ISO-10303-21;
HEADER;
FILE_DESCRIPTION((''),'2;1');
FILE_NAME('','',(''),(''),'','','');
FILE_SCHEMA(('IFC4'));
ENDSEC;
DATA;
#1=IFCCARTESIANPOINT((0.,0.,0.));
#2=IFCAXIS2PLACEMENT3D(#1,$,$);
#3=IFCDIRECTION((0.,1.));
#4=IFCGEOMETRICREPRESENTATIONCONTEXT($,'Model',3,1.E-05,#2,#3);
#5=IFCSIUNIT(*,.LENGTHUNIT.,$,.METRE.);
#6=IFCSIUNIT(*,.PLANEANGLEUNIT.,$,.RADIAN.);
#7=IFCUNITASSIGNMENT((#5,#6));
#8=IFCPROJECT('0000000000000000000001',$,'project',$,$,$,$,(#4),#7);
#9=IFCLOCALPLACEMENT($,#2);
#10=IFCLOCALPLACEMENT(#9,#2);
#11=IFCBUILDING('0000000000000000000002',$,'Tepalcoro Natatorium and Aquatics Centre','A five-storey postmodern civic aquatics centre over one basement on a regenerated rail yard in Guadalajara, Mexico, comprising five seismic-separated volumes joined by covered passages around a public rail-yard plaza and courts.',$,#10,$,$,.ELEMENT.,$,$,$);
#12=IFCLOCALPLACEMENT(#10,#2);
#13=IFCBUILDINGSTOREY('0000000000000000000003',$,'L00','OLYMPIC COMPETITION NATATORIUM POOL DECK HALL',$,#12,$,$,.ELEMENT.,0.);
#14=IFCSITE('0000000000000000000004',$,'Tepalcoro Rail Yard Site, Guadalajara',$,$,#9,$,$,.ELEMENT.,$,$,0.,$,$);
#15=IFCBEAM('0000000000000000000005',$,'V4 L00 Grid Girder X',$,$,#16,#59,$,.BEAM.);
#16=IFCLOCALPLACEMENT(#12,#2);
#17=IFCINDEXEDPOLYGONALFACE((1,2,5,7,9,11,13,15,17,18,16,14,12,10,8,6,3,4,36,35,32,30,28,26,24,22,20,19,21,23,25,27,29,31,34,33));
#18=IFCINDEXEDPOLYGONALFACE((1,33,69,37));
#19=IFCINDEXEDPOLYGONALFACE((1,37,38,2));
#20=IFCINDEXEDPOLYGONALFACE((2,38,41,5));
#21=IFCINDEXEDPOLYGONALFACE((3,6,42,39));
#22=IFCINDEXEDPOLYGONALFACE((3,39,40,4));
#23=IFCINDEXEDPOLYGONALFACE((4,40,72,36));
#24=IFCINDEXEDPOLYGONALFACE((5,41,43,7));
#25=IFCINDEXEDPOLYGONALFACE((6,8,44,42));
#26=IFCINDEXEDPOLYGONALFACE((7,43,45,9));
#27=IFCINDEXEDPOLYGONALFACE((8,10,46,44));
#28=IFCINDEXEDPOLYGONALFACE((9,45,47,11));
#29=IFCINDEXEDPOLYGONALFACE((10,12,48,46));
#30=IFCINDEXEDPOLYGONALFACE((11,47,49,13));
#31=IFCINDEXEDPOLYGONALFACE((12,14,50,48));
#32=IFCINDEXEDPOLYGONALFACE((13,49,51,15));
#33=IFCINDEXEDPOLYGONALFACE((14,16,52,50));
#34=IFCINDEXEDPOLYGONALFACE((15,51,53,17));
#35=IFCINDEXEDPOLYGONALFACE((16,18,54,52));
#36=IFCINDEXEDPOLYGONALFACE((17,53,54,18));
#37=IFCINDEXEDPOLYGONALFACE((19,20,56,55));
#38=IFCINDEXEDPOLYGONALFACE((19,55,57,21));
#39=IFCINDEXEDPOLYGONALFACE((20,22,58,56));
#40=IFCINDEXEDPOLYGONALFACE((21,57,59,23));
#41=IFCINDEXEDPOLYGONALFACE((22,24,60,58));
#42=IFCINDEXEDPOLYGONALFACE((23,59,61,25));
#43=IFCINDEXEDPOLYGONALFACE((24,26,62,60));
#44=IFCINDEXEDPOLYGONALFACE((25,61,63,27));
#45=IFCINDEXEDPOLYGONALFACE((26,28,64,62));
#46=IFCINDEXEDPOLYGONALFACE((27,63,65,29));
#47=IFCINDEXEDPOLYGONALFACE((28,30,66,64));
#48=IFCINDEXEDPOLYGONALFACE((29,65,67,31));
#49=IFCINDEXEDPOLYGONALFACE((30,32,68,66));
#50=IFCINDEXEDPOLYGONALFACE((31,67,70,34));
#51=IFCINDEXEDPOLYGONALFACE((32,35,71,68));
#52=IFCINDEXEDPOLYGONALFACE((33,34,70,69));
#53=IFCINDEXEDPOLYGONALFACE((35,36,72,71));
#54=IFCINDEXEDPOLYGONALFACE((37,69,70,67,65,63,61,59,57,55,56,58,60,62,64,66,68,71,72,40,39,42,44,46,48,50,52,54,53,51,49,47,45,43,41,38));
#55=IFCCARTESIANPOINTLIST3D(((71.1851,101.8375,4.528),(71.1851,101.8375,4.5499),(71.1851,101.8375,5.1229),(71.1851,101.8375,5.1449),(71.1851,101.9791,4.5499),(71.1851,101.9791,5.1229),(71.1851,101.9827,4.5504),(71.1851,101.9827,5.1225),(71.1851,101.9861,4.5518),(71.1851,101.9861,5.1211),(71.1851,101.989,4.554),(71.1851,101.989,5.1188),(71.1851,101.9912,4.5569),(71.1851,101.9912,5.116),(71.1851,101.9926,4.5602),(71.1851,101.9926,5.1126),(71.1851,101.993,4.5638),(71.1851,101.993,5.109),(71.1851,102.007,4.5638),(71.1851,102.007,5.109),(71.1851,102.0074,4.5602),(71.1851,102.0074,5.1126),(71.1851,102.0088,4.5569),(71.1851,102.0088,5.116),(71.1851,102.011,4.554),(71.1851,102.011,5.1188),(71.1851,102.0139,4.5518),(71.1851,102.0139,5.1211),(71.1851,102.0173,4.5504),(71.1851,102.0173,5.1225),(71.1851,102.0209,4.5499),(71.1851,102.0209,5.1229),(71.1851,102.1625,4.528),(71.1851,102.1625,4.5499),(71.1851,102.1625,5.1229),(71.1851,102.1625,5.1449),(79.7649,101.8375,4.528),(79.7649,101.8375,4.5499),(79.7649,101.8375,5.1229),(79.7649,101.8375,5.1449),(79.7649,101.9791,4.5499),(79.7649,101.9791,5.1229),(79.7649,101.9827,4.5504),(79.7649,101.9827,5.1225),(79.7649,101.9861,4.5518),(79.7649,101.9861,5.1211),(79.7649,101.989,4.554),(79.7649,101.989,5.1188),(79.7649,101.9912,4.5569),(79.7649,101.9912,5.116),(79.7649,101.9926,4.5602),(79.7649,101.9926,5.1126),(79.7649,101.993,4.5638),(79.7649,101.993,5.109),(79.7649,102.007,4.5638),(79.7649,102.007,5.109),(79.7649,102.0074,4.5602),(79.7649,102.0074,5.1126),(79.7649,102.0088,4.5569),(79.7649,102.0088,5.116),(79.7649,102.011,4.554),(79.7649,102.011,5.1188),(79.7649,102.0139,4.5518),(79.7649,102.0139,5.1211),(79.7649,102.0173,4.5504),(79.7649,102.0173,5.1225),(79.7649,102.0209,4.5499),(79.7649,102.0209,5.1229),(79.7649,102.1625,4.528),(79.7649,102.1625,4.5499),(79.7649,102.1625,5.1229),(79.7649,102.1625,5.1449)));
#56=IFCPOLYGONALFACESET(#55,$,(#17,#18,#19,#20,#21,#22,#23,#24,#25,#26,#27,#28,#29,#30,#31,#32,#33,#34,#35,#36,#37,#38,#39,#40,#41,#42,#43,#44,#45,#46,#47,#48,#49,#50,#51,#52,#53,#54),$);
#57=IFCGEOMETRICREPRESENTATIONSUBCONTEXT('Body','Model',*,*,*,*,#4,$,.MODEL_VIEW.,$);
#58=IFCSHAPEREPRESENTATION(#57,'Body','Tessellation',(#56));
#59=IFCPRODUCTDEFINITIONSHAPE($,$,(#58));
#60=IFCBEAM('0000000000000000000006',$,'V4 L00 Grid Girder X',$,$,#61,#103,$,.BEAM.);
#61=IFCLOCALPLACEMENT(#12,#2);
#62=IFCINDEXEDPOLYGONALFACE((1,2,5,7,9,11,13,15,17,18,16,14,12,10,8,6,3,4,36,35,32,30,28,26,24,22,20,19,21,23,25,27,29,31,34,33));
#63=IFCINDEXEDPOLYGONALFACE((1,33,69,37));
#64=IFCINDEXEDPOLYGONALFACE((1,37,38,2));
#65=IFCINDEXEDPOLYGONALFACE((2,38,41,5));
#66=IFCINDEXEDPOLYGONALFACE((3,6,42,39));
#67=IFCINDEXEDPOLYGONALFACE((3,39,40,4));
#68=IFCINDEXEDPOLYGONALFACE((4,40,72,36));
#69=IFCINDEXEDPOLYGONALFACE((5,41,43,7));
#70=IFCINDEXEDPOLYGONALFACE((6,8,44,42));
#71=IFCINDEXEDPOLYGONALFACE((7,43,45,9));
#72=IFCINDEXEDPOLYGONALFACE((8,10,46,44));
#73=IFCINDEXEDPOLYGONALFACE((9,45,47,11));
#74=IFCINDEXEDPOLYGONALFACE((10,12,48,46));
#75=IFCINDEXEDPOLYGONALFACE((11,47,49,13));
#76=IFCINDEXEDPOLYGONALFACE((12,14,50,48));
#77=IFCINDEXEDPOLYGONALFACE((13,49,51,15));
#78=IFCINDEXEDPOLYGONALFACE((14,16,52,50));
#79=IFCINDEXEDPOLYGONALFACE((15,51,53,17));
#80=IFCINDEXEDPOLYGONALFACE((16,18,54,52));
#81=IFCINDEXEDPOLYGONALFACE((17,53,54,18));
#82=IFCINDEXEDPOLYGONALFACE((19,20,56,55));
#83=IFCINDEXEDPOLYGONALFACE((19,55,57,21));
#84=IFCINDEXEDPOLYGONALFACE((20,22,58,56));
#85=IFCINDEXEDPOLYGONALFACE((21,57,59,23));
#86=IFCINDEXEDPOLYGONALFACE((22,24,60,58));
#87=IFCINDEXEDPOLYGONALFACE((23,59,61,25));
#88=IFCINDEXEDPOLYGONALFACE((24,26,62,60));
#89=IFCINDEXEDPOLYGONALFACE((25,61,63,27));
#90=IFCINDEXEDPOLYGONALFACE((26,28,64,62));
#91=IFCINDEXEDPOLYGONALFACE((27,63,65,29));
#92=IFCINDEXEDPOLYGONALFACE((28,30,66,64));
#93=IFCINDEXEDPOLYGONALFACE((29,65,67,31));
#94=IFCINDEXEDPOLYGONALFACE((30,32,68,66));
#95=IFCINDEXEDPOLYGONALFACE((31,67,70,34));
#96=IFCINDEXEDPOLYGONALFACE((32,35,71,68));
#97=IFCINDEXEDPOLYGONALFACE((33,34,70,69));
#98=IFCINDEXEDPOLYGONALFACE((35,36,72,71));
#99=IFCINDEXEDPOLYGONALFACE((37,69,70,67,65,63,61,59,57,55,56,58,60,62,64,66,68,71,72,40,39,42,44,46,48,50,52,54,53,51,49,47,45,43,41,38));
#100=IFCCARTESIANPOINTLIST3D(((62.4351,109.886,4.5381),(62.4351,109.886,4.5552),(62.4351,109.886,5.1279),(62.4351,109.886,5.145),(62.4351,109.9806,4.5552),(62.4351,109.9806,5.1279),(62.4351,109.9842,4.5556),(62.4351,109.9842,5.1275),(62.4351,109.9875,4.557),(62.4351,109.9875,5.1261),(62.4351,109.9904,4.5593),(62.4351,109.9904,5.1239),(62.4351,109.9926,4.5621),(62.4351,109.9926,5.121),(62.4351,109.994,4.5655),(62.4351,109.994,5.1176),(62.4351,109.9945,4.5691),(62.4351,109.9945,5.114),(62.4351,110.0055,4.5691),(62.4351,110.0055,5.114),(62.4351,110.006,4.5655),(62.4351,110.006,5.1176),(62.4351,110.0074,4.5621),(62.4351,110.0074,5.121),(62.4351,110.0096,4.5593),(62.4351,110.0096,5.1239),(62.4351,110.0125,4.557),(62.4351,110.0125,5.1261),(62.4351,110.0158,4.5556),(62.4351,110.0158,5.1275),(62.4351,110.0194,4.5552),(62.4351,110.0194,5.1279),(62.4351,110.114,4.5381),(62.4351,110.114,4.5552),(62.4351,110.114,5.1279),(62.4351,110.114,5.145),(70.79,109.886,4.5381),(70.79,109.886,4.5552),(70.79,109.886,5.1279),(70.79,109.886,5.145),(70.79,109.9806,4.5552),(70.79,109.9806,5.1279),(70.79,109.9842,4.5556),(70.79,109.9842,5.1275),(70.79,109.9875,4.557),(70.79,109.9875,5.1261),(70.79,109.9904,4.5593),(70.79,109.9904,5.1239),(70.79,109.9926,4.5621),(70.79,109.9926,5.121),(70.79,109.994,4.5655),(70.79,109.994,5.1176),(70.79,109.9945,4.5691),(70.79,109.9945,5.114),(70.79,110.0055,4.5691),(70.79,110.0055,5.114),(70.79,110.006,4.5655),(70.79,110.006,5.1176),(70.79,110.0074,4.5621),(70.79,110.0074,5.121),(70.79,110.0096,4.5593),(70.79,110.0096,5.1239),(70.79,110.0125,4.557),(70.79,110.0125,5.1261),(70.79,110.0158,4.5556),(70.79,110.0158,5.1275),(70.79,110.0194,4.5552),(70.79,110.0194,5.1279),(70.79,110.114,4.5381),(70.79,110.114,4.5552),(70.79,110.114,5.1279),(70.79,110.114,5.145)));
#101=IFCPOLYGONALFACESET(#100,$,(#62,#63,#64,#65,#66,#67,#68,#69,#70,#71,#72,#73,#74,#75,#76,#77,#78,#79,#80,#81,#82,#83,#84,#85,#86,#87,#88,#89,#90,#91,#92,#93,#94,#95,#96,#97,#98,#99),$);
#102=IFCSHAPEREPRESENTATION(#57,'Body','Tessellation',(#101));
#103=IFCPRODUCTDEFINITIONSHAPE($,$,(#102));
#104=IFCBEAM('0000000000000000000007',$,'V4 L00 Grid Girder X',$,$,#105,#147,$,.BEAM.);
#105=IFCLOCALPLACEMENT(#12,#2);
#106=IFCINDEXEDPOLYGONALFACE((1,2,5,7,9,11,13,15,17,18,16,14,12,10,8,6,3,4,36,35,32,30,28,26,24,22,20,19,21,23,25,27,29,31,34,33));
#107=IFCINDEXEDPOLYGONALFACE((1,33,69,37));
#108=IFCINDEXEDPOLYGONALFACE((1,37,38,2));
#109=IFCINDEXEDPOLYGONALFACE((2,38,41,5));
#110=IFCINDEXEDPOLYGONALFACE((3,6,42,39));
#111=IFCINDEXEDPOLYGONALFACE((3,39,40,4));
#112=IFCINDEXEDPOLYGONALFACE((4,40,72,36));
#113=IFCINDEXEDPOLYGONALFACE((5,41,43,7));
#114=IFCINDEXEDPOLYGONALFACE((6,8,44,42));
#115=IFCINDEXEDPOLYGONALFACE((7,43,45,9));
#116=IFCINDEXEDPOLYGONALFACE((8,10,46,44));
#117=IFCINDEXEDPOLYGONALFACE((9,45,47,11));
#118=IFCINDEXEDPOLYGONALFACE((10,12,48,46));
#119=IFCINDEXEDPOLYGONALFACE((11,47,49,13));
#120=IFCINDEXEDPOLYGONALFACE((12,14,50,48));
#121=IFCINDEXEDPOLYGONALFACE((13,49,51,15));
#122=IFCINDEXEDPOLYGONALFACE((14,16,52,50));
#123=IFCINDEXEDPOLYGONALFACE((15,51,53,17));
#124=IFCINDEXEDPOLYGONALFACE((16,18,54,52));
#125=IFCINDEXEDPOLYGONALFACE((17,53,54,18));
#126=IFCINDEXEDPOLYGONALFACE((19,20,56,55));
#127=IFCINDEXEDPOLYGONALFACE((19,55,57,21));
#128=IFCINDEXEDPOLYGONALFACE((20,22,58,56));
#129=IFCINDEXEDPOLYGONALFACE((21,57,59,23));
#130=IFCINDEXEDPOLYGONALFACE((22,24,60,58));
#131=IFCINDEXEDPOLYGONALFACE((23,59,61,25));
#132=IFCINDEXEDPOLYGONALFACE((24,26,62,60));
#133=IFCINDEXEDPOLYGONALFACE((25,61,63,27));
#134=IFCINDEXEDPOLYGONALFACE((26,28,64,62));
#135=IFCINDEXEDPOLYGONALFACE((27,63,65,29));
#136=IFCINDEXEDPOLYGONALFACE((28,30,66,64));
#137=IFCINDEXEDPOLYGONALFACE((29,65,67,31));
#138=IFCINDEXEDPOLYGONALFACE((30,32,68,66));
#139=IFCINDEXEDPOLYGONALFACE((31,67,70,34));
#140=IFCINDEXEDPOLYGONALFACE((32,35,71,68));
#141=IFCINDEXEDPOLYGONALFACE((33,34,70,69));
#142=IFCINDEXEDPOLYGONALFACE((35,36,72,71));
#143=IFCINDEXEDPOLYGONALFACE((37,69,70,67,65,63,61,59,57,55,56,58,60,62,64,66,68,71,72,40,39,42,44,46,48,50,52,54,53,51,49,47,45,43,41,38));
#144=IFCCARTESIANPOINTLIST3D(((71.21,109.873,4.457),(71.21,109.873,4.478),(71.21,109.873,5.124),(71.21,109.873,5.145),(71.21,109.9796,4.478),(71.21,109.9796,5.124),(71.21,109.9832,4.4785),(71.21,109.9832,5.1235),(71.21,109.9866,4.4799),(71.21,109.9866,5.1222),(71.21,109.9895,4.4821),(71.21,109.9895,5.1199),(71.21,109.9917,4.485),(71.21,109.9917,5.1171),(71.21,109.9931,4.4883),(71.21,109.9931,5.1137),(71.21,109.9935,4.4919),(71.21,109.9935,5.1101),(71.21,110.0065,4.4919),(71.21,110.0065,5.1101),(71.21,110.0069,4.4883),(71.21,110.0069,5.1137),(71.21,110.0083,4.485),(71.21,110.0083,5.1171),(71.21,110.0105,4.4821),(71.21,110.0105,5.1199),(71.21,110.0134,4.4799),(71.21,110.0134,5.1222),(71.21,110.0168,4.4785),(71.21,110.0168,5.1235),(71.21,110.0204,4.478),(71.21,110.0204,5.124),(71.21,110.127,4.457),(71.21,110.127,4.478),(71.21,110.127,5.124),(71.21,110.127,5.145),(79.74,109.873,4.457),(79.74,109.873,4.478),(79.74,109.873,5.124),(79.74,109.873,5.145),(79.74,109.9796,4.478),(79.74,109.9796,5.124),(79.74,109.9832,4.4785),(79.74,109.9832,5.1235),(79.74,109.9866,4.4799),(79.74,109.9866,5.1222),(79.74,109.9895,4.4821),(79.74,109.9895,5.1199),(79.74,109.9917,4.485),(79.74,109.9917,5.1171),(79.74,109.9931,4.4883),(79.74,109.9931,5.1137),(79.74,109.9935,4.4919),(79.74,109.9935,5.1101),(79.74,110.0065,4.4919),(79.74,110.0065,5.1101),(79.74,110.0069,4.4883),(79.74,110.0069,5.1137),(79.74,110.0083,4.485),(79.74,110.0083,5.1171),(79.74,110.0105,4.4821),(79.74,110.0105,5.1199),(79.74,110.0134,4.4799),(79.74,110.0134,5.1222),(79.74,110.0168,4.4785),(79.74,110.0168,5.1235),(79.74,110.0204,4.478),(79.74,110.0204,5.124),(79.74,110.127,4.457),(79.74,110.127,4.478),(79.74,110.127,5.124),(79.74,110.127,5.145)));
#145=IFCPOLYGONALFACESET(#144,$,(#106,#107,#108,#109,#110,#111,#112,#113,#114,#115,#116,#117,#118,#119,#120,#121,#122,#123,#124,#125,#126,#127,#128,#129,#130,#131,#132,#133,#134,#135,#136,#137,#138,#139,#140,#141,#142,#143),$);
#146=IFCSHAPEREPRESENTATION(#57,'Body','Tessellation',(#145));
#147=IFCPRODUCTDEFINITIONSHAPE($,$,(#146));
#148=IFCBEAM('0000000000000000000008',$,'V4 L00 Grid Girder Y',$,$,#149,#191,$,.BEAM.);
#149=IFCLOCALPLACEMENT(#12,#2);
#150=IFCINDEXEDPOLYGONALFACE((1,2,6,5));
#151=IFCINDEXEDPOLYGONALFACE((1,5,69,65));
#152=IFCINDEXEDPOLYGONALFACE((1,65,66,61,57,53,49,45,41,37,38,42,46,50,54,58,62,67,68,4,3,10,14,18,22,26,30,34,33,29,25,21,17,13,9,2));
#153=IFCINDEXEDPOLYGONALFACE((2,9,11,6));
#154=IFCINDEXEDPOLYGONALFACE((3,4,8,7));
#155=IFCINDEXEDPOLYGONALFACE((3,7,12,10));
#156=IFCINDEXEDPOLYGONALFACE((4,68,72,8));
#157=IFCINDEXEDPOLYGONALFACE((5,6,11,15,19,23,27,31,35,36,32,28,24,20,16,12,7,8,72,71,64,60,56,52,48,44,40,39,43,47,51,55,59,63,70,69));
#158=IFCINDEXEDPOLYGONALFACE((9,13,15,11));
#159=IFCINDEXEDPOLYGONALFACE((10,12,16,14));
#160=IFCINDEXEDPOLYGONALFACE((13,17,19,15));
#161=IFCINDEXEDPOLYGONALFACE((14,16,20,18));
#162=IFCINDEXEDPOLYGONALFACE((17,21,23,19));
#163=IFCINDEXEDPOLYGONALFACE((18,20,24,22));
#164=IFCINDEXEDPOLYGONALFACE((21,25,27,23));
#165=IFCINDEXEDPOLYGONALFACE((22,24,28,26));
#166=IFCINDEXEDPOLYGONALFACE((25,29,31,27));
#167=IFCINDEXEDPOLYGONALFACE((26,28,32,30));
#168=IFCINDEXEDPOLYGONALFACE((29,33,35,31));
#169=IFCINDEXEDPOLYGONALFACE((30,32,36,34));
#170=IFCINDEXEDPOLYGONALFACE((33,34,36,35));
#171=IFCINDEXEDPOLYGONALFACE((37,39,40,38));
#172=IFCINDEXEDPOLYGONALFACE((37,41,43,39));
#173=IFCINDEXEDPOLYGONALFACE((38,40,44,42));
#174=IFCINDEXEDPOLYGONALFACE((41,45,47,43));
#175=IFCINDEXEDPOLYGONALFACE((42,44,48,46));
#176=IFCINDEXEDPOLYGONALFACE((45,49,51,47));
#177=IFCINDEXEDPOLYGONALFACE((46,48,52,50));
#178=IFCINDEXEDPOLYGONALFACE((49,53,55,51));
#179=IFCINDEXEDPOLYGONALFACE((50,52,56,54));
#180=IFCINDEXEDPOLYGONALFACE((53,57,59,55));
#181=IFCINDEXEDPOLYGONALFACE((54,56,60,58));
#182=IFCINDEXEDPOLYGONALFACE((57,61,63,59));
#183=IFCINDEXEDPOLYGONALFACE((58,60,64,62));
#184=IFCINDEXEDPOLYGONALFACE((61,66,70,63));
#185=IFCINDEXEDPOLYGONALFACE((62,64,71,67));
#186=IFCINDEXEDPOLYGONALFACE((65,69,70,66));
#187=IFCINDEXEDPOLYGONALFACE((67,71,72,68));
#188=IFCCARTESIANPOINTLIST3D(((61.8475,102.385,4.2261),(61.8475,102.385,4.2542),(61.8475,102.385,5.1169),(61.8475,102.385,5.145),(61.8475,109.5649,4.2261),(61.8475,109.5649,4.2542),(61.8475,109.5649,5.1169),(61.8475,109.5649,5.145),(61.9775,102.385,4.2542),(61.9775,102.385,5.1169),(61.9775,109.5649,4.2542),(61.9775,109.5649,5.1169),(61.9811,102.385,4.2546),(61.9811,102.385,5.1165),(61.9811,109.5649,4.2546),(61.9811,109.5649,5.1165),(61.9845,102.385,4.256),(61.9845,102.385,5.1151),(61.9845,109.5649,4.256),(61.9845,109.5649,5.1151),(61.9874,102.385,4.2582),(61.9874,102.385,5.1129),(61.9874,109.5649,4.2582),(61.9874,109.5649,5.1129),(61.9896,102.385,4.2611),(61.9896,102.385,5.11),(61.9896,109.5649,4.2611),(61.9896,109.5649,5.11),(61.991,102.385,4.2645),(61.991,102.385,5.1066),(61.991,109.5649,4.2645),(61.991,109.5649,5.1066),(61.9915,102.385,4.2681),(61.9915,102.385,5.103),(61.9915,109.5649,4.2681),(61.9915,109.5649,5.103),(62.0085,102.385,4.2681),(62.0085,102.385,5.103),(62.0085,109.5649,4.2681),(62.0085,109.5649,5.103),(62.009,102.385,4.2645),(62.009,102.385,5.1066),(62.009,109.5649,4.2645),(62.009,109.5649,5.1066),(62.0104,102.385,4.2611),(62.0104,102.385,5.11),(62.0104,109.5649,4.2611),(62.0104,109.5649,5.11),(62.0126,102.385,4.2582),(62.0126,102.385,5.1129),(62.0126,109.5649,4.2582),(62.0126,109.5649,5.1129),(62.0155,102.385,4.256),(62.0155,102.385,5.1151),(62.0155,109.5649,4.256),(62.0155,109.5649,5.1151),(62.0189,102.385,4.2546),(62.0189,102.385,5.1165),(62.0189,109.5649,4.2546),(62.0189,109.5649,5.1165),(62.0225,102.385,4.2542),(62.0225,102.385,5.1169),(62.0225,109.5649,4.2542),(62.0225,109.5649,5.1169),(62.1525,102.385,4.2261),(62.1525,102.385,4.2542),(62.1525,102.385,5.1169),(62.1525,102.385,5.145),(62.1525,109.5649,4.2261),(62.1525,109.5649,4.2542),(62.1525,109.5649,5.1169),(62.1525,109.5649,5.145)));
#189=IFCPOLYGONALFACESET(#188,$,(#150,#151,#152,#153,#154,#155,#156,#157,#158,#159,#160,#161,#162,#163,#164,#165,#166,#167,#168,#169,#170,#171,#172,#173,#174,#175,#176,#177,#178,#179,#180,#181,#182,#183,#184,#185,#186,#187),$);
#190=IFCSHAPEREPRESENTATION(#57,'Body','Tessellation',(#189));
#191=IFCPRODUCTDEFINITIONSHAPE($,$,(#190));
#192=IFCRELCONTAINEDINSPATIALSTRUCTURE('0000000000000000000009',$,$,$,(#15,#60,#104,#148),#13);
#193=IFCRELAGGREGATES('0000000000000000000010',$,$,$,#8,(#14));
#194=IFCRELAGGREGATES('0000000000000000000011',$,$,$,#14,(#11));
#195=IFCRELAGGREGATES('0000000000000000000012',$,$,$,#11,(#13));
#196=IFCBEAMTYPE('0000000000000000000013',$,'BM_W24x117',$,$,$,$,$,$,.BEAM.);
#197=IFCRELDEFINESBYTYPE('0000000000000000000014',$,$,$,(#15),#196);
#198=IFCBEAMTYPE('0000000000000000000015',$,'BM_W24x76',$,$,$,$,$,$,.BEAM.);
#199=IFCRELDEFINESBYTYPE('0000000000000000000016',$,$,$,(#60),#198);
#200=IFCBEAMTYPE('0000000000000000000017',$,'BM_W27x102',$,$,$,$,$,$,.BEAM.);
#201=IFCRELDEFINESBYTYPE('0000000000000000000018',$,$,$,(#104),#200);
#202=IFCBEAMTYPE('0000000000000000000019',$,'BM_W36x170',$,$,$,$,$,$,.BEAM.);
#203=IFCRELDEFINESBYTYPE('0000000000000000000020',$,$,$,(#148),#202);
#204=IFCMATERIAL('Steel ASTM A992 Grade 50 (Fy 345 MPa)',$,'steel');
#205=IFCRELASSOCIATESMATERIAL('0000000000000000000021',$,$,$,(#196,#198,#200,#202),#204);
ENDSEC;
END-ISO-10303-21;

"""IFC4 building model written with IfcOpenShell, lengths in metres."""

from ifc_helpers import new_model, si_unit, direction, frame, origin, origin_2d, place, context, subcontext, project, spatial, i_section, extrude, material, material_profile, profile_set, type_object, element, save


model = new_model("IFC4")

# Units and contexts
model_context = context("Model", 3, precision=1e-05, world=origin(), true_north=direction((0.0, 1.0)))
body_context = subcontext(model_context, "Body", "Model", "MODEL_VIEW")
ifc_project = project(units=[si_unit("LENGTHUNIT", "METRE"), si_unit("PLANEANGLEUNIT", "RADIAN")], contexts=[model_context])

# Site, building, storey
site_placement = place(None, origin())
site = spatial("IfcSite", under=ifc_project, at=site_placement, Name="Tepalcoro Rail Yard Site, Guadalajara", CompositionType="ELEMENT", RefElevation=0.0)
building_placement = place(site_placement, origin())
building = spatial("IfcBuilding", under=site, at=building_placement, Name="Tepalcoro Natatorium and Aquatics Centre", Description="A five-storey postmodern civic aquatics centre over one basement on a regenerated rail yard in Guadalajara, Mexico, comprising five seismic-separated volumes joined by covered passages around a public rail-yard plaza and courts.", CompositionType="ELEMENT")
storey_placement = place(building_placement, origin())
storey = spatial("IfcBuildingStorey", under=building, at=storey_placement, Name="L00", Description="OLYMPIC COMPETITION NATATORIUM POOL DECK HALL", CompositionType="ELEMENT", Elevation=0.0)

# Beams
ifc_material_1 = material(Name="Steel ASTM A992 Grade 50 (Fy 345 MPa)", Category="steel")
ifc_material_profile_1 = material_profile(ifc_material_1, i_section(OverallWidth=0.325, OverallDepth=0.6169, WebThickness=0.0139, FlangeThickness=0.022, FilletRadius=0.0139, at=origin_2d()), Name="W24X117")
ifc_profile_set_1 = profile_set([ifc_material_profile_1], Name="Steel ASTM A992 Grade 50 (Fy 345 MPa)")
beam_type_1 = type_object("IfcBeamType", Name="BM_W24x117", PredefinedType="BEAM", material=ifc_profile_set_1)
beam_1_placement = place(storey_placement, frame((71.1851, 102.0, 4.8364), z_axis=(1.0, 0.0, 0.0), x_axis=(0.0, 1.0, 0.0)))
element("IfcBeam", 1, at=beam_1_placement, inside=storey, type_object=beam_type_1, Name="V4 L00 Grid Girder X", PredefinedType="BEAM", context=body_context, shape_type="SweptSolid", body=[
    extrude(i_section(OverallWidth=0.325, OverallDepth=0.6169, WebThickness=0.0139, FlangeThickness=0.022, FilletRadius=0.0139, at=origin_2d()), origin(), (0.0, 0.0, 1.0), 8.5798),
])
ifc_material_profile_2 = material_profile(ifc_material_1, i_section(OverallWidth=0.228, OverallDepth=0.6069, WebThickness=0.011, FlangeThickness=0.0171, FilletRadius=0.0139, at=origin_2d()), Name="W24X76")
ifc_profile_set_2 = profile_set([ifc_material_profile_2], Name="Steel ASTM A992 Grade 50 (Fy 345 MPa)")
beam_type_2 = type_object("IfcBeamType", Name="BM_W24x76", PredefinedType="BEAM", material=ifc_profile_set_2)
beam_2_placement = place(storey_placement, frame((62.4351, 110.0, 4.8416), z_axis=(1.0, 0.0, 0.0), x_axis=(0.0, 1.0, 0.0)))
element("IfcBeam", 2, at=beam_2_placement, inside=storey, type_object=beam_type_2, Name="V4 L00 Grid Girder X", PredefinedType="BEAM", context=body_context, shape_type="SweptSolid", body=[
    extrude(i_section(OverallWidth=0.228, OverallDepth=0.6069, WebThickness=0.011, FlangeThickness=0.0171, FilletRadius=0.0139, at=origin_2d()), origin(), (0.0, 0.0, 1.0), 8.355),
])
ifc_material_profile_3 = material_profile(ifc_material_1, i_section(OverallWidth=0.2539, OverallDepth=0.688, WebThickness=0.0129, FlangeThickness=0.021, FilletRadius=0.0139, at=origin_2d()), Name="W27X102")
ifc_profile_set_3 = profile_set([ifc_material_profile_3], Name="Steel ASTM A992 Grade 50 (Fy 345 MPa)")
beam_type_3 = type_object("IfcBeamType", Name="BM_W27x102", PredefinedType="BEAM", material=ifc_profile_set_3)
beam_3_placement = place(storey_placement, frame((71.21, 110.0, 4.801), z_axis=(1.0, 0.0, 0.0), x_axis=(0.0, 1.0, 0.0)))
element("IfcBeam", 3, at=beam_3_placement, inside=storey, type_object=beam_type_3, Name="V4 L00 Grid Girder X", PredefinedType="BEAM", context=body_context, shape_type="SweptSolid", body=[
    extrude(i_section(OverallWidth=0.2539, OverallDepth=0.688, WebThickness=0.0129, FlangeThickness=0.021, FilletRadius=0.0139, at=origin_2d()), origin(), (0.0, 0.0, 1.0), 8.53),
])
ifc_material_profile_4 = material_profile(ifc_material_1, i_section(OverallWidth=0.3049, OverallDepth=0.9189, WebThickness=0.0171, FlangeThickness=0.0281, FilletRadius=0.0139, at=origin_2d()), Name="W36X170")
ifc_profile_set_4 = profile_set([ifc_material_profile_4], Name="Steel ASTM A992 Grade 50 (Fy 345 MPa)")
beam_type_4 = type_object("IfcBeamType", Name="BM_W36x170", PredefinedType="BEAM", material=ifc_profile_set_4)
beam_4_placement = place(storey_placement, frame((62.0, 102.385, 4.6855), z_axis=(0.0, 1.0, 0.0), x_axis=(-1.0, 0.0, 0.0)))
element("IfcBeam", 4, at=beam_4_placement, inside=storey, type_object=beam_type_4, Name="V4 L00 Grid Girder Y", PredefinedType="BEAM", context=body_context, shape_type="SweptSolid", body=[
    extrude(i_section(OverallWidth=0.3049, OverallDepth=0.9189, WebThickness=0.0171, FlangeThickness=0.0281, FilletRadius=0.0139, at=origin_2d()), origin(), (0.0, 0.0, 1.0), 7.1799),
])

save(model, "model.ifc")
